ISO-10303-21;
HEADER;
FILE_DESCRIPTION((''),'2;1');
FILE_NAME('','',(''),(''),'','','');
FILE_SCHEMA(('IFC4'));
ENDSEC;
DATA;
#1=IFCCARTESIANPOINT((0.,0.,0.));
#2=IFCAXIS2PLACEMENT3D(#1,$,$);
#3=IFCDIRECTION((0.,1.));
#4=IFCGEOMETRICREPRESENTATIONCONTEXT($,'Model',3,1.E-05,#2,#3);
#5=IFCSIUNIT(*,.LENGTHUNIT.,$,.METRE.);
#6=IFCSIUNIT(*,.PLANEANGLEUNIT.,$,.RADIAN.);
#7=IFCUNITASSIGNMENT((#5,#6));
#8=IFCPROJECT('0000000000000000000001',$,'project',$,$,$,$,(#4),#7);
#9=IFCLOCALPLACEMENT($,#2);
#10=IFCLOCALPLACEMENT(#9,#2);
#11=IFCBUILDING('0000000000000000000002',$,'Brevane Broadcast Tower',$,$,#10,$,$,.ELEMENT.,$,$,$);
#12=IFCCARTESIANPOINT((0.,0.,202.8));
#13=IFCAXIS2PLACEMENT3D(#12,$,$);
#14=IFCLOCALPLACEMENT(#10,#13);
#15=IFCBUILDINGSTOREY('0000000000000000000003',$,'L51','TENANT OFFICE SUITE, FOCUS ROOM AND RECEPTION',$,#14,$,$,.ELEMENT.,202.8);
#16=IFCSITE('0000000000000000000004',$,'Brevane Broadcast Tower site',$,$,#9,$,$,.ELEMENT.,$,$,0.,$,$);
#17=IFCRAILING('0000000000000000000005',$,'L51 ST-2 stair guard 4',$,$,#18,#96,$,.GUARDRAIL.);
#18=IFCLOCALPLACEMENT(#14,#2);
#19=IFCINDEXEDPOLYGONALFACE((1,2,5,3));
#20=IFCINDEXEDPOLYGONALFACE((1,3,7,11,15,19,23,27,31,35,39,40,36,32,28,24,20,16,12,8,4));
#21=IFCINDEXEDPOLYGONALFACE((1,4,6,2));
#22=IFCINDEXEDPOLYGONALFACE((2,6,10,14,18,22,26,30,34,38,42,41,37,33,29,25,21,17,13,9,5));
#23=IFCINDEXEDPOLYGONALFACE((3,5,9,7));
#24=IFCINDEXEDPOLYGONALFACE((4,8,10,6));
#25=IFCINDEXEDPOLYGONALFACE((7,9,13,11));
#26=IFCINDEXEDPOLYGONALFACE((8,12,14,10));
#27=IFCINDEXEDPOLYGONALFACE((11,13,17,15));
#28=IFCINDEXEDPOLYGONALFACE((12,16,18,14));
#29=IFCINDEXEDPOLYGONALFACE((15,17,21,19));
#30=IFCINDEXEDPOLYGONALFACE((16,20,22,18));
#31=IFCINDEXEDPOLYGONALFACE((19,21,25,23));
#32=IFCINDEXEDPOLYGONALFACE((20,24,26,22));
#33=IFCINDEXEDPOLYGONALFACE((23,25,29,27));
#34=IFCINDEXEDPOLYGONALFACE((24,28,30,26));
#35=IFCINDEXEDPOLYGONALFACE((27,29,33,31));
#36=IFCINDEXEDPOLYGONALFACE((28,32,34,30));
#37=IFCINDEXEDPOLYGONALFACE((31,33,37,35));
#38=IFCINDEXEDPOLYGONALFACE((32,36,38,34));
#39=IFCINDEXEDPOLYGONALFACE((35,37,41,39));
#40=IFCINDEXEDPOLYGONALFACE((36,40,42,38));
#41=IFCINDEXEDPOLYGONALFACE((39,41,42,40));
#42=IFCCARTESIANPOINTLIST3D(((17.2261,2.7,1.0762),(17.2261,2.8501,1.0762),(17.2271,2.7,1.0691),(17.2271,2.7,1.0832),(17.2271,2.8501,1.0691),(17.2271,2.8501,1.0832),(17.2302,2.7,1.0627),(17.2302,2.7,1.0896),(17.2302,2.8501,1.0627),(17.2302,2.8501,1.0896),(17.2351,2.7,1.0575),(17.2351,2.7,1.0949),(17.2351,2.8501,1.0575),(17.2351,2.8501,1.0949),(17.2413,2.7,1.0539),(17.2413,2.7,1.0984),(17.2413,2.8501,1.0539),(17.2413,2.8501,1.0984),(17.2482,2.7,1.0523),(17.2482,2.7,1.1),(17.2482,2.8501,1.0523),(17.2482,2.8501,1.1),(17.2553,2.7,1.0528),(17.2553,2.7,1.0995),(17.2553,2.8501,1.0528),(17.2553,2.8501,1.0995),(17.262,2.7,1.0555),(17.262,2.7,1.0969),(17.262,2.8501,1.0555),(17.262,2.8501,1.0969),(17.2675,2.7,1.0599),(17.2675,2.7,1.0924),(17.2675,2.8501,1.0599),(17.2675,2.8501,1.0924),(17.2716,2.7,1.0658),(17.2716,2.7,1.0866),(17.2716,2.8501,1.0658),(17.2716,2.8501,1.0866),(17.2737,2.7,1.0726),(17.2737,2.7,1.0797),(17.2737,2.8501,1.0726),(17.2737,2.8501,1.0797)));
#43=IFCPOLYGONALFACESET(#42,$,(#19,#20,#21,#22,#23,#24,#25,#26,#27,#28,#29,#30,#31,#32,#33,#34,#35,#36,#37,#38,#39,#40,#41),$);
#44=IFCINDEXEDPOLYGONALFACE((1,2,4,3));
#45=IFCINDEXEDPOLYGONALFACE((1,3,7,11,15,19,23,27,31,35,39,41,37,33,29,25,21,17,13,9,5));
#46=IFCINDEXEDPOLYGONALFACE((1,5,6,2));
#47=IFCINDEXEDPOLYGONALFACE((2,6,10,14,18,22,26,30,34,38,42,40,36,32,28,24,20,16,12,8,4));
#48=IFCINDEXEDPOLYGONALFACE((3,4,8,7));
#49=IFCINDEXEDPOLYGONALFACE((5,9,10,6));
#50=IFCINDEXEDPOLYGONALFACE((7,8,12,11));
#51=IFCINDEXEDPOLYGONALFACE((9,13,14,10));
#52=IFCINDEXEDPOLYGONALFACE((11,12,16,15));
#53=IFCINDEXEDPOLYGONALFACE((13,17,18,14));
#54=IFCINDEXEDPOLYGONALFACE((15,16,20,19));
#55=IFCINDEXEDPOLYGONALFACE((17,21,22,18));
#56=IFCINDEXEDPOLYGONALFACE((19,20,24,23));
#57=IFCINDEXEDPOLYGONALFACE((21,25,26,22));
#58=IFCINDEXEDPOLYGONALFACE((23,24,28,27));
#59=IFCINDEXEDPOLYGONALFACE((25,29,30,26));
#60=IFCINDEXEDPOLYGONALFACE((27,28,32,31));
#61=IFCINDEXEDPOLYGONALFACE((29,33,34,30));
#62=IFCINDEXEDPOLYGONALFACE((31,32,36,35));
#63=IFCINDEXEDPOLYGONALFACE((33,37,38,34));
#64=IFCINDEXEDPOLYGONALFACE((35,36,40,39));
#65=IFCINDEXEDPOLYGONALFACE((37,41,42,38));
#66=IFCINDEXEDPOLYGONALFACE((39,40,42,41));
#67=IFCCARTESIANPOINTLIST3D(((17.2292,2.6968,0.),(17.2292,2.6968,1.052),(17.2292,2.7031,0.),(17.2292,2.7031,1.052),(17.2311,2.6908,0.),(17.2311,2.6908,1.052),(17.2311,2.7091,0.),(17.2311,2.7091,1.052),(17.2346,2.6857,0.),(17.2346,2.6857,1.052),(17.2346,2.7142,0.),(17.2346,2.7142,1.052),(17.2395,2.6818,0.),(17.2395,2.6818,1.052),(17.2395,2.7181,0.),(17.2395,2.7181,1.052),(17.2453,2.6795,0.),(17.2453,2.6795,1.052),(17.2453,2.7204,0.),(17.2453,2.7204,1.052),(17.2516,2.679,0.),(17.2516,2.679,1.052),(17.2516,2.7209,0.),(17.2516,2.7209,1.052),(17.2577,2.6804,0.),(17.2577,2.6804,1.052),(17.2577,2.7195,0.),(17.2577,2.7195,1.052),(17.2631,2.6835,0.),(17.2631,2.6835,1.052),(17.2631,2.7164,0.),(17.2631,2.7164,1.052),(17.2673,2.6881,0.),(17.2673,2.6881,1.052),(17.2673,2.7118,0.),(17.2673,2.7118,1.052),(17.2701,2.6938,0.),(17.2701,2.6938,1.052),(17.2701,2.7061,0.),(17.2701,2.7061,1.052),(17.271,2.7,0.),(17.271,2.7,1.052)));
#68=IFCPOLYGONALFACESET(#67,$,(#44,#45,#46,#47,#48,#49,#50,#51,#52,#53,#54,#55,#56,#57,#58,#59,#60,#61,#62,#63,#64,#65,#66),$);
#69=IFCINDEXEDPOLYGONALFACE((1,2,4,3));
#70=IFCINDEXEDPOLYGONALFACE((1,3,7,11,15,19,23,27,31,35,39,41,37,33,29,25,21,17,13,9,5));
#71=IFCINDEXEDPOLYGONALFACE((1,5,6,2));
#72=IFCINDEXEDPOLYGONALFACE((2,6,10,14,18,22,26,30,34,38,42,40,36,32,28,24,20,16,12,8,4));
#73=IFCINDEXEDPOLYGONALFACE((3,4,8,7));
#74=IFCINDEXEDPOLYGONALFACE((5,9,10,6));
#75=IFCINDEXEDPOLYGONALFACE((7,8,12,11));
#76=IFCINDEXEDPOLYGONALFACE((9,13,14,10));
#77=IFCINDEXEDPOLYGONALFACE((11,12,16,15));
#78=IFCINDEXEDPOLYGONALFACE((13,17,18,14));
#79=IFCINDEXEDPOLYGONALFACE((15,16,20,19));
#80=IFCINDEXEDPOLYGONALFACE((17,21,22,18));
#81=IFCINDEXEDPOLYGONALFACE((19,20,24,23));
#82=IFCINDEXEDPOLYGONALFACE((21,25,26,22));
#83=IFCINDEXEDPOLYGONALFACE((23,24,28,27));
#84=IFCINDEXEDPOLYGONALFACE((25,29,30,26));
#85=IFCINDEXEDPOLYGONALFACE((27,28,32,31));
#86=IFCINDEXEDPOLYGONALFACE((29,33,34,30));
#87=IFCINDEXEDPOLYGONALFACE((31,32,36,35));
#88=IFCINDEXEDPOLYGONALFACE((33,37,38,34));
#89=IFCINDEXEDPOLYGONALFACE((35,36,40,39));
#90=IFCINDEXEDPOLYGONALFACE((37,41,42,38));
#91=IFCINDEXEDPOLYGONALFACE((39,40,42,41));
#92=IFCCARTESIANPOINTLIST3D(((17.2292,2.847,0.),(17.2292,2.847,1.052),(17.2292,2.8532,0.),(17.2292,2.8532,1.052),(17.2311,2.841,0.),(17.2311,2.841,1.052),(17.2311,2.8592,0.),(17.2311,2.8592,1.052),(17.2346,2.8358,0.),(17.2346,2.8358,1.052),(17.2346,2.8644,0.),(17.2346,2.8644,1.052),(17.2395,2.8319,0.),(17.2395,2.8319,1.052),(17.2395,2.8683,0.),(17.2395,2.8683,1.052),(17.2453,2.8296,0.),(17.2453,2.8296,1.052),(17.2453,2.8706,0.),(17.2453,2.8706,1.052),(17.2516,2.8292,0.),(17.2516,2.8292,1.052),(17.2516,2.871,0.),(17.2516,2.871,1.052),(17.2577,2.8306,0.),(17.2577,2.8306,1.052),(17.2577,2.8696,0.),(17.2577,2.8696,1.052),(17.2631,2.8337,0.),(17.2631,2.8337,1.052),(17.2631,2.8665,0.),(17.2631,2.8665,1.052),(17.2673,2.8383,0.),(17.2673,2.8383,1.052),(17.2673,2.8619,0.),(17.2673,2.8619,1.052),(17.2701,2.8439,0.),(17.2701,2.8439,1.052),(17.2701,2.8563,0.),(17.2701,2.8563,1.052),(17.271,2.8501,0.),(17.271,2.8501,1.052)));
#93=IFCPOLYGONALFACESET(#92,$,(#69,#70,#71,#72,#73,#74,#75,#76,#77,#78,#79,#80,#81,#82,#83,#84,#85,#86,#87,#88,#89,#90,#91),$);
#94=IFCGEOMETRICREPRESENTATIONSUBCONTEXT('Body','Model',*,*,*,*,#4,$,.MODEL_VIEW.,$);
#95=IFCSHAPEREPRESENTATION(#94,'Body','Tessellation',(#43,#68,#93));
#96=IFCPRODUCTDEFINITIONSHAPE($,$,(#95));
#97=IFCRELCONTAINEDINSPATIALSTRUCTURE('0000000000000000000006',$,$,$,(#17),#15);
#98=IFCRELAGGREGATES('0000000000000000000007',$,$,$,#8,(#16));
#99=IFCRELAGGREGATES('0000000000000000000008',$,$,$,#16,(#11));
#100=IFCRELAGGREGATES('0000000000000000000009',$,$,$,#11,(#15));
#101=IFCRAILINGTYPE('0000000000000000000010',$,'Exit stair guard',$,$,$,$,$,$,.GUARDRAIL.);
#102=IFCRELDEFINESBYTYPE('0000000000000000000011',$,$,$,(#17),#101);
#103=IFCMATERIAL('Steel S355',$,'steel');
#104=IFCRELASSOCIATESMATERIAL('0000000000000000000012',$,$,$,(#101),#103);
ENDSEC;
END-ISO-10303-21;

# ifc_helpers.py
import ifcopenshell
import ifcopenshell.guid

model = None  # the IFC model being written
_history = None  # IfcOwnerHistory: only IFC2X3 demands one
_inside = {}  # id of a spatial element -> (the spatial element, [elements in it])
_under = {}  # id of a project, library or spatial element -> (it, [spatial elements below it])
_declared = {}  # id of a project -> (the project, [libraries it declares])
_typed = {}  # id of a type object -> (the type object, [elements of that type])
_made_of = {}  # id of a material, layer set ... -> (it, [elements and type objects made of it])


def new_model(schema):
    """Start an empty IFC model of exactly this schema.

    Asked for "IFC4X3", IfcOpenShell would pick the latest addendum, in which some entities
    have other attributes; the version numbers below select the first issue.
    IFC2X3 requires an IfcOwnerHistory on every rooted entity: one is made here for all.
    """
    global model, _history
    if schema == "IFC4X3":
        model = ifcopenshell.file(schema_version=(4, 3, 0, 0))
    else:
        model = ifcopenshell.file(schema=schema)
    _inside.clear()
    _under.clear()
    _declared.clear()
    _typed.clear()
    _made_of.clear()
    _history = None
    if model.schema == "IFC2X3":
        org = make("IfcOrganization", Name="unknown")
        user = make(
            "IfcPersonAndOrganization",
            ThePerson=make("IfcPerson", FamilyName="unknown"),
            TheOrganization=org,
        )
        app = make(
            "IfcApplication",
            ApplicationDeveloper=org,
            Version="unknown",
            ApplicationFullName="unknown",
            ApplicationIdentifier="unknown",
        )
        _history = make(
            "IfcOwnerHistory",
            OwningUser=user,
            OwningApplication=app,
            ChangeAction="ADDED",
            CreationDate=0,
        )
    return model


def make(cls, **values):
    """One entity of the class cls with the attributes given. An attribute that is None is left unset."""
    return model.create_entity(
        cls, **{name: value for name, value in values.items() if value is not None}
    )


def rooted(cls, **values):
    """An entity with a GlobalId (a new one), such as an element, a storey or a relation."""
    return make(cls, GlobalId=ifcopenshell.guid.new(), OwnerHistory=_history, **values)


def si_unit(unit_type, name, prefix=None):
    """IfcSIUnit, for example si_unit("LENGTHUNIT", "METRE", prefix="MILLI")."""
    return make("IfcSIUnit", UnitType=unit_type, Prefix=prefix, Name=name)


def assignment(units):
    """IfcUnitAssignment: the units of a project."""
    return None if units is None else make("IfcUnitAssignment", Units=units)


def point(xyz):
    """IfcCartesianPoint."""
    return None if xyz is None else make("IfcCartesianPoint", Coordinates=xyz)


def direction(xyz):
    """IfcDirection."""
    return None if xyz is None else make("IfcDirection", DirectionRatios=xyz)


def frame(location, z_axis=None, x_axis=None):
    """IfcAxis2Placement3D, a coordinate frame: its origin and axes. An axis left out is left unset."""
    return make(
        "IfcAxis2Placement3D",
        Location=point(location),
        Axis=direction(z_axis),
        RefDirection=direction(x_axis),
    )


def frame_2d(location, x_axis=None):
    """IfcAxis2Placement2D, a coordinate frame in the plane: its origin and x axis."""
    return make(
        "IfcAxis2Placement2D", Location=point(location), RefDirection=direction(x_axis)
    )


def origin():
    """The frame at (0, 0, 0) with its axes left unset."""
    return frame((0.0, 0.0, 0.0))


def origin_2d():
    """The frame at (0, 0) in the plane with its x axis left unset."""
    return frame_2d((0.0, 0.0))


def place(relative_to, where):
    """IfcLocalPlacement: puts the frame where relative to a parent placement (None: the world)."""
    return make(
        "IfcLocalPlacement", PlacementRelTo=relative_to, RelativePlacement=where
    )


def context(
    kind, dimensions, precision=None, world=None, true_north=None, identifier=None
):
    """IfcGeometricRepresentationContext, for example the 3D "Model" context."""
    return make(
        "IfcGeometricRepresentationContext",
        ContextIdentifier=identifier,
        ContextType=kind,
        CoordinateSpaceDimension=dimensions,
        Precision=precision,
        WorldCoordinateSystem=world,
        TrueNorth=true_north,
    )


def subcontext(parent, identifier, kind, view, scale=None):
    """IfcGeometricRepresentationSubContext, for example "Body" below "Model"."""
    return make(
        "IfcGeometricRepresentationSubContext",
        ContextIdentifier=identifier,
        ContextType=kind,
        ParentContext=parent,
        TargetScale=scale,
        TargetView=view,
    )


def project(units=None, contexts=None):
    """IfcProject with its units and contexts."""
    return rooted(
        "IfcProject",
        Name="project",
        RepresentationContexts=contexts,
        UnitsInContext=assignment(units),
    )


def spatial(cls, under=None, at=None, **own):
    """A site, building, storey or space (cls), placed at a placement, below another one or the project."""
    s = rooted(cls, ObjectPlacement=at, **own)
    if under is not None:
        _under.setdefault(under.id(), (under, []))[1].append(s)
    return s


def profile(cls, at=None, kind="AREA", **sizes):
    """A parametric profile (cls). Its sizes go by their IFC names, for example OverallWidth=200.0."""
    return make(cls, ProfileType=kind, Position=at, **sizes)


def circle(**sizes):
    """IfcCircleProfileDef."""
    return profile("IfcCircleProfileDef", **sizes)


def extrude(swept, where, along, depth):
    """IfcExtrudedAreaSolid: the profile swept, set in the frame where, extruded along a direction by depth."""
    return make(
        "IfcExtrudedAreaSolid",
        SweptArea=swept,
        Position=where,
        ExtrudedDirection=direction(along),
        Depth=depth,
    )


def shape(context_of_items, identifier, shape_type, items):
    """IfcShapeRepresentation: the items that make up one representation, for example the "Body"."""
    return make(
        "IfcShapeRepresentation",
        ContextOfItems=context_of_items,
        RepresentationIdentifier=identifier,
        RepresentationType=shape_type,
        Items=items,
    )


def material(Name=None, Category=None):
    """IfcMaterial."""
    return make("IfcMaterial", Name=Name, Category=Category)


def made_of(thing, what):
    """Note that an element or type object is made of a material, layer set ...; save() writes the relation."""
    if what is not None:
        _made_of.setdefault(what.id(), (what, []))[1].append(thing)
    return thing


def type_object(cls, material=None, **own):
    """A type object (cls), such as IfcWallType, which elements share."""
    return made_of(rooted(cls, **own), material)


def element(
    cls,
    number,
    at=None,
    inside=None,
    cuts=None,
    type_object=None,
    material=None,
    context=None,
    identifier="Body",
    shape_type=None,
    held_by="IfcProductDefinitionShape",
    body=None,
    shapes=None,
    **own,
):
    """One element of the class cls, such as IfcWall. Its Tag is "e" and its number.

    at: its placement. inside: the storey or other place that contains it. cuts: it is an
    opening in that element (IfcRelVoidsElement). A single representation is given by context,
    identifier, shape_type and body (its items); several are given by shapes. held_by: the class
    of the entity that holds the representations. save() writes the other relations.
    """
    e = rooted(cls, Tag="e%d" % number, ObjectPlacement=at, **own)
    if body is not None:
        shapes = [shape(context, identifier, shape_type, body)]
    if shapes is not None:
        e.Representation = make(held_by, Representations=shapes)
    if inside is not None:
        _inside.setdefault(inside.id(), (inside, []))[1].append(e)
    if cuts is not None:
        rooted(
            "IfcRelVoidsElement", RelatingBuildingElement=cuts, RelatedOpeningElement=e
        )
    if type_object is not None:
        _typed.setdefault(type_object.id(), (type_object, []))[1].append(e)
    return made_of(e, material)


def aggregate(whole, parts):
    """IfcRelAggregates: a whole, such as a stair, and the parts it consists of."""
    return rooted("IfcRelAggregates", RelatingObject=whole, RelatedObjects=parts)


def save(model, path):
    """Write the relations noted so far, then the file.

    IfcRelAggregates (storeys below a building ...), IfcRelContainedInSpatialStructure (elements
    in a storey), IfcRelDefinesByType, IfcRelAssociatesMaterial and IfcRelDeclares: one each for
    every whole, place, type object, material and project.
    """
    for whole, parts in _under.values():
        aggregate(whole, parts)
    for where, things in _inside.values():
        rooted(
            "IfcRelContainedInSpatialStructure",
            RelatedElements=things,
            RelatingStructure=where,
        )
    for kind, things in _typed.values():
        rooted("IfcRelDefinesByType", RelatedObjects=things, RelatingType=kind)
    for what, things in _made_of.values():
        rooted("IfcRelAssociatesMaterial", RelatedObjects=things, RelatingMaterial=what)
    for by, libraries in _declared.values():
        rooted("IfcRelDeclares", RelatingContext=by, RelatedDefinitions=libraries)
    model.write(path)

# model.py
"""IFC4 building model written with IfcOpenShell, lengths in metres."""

from ifc_helpers import new_model, si_unit, direction, frame, origin, origin_2d, place, context, subcontext, project, spatial, circle, extrude, material, type_object, element, save


model = new_model("IFC4")

# Units and contexts
model_context = context("Model", 3, precision=1e-05, world=origin(), true_north=direction((0.0, 1.0)))
body_context = subcontext(model_context, "Body", "Model", "MODEL_VIEW")
ifc_project = project(units=[si_unit("LENGTHUNIT", "METRE"), si_unit("PLANEANGLEUNIT", "RADIAN")], contexts=[model_context])

# Site, building, storey
site_placement = place(None, origin())
site = spatial("IfcSite", under=ifc_project, at=site_placement, Name="Brevane Broadcast Tower site", CompositionType="ELEMENT", RefElevation=0.0)
building_placement = place(site_placement, origin())
building = spatial("IfcBuilding", under=site, at=building_placement, Name="Brevane Broadcast Tower", CompositionType="ELEMENT")
storey_placement = place(building_placement, frame((0.0, 0.0, 202.8)))
storey = spatial("IfcBuildingStorey", under=building, at=storey_placement, Name="L51", Description="TENANT OFFICE SUITE, FOCUS ROOM AND RECEPTION", CompositionType="ELEMENT", Elevation=202.8)

# Railing
ifc_material_1 = material(Name="Steel S355", Category="steel")
railing_type_1 = type_object("IfcRailingType", Name="Exit stair guard", PredefinedType="GUARDRAIL", material=ifc_material_1)
railing_1_placement = place(storey_placement, frame((17.25, 2.7, 0.0)))
element("IfcRailing", 1, at=railing_1_placement, inside=storey, type_object=railing_type_1, Name="L51 ST-2 stair guard 4", PredefinedType="GUARDRAIL", context=body_context, shape_type="SweptSolid", body=[
    extrude(circle(Radius=0.0239, at=origin_2d()), frame((0.0, 0.0, 1.0762), z_axis=(0.0, 1.0, 0.0), x_axis=(-1.0, 0.0, 0.0)), (0.0, 0.0, 1.0), 0.1501),
    extrude(circle(Radius=0.021, at=origin_2d()), origin(), (0.0, 0.0, 1.0), 1.052),
    extrude(circle(Radius=0.021, at=origin_2d()), frame((0.0, 0.1501, 0.0)), (0.0, 0.0, 1.0), 1.052),
])

save(model, "model.ifc")
